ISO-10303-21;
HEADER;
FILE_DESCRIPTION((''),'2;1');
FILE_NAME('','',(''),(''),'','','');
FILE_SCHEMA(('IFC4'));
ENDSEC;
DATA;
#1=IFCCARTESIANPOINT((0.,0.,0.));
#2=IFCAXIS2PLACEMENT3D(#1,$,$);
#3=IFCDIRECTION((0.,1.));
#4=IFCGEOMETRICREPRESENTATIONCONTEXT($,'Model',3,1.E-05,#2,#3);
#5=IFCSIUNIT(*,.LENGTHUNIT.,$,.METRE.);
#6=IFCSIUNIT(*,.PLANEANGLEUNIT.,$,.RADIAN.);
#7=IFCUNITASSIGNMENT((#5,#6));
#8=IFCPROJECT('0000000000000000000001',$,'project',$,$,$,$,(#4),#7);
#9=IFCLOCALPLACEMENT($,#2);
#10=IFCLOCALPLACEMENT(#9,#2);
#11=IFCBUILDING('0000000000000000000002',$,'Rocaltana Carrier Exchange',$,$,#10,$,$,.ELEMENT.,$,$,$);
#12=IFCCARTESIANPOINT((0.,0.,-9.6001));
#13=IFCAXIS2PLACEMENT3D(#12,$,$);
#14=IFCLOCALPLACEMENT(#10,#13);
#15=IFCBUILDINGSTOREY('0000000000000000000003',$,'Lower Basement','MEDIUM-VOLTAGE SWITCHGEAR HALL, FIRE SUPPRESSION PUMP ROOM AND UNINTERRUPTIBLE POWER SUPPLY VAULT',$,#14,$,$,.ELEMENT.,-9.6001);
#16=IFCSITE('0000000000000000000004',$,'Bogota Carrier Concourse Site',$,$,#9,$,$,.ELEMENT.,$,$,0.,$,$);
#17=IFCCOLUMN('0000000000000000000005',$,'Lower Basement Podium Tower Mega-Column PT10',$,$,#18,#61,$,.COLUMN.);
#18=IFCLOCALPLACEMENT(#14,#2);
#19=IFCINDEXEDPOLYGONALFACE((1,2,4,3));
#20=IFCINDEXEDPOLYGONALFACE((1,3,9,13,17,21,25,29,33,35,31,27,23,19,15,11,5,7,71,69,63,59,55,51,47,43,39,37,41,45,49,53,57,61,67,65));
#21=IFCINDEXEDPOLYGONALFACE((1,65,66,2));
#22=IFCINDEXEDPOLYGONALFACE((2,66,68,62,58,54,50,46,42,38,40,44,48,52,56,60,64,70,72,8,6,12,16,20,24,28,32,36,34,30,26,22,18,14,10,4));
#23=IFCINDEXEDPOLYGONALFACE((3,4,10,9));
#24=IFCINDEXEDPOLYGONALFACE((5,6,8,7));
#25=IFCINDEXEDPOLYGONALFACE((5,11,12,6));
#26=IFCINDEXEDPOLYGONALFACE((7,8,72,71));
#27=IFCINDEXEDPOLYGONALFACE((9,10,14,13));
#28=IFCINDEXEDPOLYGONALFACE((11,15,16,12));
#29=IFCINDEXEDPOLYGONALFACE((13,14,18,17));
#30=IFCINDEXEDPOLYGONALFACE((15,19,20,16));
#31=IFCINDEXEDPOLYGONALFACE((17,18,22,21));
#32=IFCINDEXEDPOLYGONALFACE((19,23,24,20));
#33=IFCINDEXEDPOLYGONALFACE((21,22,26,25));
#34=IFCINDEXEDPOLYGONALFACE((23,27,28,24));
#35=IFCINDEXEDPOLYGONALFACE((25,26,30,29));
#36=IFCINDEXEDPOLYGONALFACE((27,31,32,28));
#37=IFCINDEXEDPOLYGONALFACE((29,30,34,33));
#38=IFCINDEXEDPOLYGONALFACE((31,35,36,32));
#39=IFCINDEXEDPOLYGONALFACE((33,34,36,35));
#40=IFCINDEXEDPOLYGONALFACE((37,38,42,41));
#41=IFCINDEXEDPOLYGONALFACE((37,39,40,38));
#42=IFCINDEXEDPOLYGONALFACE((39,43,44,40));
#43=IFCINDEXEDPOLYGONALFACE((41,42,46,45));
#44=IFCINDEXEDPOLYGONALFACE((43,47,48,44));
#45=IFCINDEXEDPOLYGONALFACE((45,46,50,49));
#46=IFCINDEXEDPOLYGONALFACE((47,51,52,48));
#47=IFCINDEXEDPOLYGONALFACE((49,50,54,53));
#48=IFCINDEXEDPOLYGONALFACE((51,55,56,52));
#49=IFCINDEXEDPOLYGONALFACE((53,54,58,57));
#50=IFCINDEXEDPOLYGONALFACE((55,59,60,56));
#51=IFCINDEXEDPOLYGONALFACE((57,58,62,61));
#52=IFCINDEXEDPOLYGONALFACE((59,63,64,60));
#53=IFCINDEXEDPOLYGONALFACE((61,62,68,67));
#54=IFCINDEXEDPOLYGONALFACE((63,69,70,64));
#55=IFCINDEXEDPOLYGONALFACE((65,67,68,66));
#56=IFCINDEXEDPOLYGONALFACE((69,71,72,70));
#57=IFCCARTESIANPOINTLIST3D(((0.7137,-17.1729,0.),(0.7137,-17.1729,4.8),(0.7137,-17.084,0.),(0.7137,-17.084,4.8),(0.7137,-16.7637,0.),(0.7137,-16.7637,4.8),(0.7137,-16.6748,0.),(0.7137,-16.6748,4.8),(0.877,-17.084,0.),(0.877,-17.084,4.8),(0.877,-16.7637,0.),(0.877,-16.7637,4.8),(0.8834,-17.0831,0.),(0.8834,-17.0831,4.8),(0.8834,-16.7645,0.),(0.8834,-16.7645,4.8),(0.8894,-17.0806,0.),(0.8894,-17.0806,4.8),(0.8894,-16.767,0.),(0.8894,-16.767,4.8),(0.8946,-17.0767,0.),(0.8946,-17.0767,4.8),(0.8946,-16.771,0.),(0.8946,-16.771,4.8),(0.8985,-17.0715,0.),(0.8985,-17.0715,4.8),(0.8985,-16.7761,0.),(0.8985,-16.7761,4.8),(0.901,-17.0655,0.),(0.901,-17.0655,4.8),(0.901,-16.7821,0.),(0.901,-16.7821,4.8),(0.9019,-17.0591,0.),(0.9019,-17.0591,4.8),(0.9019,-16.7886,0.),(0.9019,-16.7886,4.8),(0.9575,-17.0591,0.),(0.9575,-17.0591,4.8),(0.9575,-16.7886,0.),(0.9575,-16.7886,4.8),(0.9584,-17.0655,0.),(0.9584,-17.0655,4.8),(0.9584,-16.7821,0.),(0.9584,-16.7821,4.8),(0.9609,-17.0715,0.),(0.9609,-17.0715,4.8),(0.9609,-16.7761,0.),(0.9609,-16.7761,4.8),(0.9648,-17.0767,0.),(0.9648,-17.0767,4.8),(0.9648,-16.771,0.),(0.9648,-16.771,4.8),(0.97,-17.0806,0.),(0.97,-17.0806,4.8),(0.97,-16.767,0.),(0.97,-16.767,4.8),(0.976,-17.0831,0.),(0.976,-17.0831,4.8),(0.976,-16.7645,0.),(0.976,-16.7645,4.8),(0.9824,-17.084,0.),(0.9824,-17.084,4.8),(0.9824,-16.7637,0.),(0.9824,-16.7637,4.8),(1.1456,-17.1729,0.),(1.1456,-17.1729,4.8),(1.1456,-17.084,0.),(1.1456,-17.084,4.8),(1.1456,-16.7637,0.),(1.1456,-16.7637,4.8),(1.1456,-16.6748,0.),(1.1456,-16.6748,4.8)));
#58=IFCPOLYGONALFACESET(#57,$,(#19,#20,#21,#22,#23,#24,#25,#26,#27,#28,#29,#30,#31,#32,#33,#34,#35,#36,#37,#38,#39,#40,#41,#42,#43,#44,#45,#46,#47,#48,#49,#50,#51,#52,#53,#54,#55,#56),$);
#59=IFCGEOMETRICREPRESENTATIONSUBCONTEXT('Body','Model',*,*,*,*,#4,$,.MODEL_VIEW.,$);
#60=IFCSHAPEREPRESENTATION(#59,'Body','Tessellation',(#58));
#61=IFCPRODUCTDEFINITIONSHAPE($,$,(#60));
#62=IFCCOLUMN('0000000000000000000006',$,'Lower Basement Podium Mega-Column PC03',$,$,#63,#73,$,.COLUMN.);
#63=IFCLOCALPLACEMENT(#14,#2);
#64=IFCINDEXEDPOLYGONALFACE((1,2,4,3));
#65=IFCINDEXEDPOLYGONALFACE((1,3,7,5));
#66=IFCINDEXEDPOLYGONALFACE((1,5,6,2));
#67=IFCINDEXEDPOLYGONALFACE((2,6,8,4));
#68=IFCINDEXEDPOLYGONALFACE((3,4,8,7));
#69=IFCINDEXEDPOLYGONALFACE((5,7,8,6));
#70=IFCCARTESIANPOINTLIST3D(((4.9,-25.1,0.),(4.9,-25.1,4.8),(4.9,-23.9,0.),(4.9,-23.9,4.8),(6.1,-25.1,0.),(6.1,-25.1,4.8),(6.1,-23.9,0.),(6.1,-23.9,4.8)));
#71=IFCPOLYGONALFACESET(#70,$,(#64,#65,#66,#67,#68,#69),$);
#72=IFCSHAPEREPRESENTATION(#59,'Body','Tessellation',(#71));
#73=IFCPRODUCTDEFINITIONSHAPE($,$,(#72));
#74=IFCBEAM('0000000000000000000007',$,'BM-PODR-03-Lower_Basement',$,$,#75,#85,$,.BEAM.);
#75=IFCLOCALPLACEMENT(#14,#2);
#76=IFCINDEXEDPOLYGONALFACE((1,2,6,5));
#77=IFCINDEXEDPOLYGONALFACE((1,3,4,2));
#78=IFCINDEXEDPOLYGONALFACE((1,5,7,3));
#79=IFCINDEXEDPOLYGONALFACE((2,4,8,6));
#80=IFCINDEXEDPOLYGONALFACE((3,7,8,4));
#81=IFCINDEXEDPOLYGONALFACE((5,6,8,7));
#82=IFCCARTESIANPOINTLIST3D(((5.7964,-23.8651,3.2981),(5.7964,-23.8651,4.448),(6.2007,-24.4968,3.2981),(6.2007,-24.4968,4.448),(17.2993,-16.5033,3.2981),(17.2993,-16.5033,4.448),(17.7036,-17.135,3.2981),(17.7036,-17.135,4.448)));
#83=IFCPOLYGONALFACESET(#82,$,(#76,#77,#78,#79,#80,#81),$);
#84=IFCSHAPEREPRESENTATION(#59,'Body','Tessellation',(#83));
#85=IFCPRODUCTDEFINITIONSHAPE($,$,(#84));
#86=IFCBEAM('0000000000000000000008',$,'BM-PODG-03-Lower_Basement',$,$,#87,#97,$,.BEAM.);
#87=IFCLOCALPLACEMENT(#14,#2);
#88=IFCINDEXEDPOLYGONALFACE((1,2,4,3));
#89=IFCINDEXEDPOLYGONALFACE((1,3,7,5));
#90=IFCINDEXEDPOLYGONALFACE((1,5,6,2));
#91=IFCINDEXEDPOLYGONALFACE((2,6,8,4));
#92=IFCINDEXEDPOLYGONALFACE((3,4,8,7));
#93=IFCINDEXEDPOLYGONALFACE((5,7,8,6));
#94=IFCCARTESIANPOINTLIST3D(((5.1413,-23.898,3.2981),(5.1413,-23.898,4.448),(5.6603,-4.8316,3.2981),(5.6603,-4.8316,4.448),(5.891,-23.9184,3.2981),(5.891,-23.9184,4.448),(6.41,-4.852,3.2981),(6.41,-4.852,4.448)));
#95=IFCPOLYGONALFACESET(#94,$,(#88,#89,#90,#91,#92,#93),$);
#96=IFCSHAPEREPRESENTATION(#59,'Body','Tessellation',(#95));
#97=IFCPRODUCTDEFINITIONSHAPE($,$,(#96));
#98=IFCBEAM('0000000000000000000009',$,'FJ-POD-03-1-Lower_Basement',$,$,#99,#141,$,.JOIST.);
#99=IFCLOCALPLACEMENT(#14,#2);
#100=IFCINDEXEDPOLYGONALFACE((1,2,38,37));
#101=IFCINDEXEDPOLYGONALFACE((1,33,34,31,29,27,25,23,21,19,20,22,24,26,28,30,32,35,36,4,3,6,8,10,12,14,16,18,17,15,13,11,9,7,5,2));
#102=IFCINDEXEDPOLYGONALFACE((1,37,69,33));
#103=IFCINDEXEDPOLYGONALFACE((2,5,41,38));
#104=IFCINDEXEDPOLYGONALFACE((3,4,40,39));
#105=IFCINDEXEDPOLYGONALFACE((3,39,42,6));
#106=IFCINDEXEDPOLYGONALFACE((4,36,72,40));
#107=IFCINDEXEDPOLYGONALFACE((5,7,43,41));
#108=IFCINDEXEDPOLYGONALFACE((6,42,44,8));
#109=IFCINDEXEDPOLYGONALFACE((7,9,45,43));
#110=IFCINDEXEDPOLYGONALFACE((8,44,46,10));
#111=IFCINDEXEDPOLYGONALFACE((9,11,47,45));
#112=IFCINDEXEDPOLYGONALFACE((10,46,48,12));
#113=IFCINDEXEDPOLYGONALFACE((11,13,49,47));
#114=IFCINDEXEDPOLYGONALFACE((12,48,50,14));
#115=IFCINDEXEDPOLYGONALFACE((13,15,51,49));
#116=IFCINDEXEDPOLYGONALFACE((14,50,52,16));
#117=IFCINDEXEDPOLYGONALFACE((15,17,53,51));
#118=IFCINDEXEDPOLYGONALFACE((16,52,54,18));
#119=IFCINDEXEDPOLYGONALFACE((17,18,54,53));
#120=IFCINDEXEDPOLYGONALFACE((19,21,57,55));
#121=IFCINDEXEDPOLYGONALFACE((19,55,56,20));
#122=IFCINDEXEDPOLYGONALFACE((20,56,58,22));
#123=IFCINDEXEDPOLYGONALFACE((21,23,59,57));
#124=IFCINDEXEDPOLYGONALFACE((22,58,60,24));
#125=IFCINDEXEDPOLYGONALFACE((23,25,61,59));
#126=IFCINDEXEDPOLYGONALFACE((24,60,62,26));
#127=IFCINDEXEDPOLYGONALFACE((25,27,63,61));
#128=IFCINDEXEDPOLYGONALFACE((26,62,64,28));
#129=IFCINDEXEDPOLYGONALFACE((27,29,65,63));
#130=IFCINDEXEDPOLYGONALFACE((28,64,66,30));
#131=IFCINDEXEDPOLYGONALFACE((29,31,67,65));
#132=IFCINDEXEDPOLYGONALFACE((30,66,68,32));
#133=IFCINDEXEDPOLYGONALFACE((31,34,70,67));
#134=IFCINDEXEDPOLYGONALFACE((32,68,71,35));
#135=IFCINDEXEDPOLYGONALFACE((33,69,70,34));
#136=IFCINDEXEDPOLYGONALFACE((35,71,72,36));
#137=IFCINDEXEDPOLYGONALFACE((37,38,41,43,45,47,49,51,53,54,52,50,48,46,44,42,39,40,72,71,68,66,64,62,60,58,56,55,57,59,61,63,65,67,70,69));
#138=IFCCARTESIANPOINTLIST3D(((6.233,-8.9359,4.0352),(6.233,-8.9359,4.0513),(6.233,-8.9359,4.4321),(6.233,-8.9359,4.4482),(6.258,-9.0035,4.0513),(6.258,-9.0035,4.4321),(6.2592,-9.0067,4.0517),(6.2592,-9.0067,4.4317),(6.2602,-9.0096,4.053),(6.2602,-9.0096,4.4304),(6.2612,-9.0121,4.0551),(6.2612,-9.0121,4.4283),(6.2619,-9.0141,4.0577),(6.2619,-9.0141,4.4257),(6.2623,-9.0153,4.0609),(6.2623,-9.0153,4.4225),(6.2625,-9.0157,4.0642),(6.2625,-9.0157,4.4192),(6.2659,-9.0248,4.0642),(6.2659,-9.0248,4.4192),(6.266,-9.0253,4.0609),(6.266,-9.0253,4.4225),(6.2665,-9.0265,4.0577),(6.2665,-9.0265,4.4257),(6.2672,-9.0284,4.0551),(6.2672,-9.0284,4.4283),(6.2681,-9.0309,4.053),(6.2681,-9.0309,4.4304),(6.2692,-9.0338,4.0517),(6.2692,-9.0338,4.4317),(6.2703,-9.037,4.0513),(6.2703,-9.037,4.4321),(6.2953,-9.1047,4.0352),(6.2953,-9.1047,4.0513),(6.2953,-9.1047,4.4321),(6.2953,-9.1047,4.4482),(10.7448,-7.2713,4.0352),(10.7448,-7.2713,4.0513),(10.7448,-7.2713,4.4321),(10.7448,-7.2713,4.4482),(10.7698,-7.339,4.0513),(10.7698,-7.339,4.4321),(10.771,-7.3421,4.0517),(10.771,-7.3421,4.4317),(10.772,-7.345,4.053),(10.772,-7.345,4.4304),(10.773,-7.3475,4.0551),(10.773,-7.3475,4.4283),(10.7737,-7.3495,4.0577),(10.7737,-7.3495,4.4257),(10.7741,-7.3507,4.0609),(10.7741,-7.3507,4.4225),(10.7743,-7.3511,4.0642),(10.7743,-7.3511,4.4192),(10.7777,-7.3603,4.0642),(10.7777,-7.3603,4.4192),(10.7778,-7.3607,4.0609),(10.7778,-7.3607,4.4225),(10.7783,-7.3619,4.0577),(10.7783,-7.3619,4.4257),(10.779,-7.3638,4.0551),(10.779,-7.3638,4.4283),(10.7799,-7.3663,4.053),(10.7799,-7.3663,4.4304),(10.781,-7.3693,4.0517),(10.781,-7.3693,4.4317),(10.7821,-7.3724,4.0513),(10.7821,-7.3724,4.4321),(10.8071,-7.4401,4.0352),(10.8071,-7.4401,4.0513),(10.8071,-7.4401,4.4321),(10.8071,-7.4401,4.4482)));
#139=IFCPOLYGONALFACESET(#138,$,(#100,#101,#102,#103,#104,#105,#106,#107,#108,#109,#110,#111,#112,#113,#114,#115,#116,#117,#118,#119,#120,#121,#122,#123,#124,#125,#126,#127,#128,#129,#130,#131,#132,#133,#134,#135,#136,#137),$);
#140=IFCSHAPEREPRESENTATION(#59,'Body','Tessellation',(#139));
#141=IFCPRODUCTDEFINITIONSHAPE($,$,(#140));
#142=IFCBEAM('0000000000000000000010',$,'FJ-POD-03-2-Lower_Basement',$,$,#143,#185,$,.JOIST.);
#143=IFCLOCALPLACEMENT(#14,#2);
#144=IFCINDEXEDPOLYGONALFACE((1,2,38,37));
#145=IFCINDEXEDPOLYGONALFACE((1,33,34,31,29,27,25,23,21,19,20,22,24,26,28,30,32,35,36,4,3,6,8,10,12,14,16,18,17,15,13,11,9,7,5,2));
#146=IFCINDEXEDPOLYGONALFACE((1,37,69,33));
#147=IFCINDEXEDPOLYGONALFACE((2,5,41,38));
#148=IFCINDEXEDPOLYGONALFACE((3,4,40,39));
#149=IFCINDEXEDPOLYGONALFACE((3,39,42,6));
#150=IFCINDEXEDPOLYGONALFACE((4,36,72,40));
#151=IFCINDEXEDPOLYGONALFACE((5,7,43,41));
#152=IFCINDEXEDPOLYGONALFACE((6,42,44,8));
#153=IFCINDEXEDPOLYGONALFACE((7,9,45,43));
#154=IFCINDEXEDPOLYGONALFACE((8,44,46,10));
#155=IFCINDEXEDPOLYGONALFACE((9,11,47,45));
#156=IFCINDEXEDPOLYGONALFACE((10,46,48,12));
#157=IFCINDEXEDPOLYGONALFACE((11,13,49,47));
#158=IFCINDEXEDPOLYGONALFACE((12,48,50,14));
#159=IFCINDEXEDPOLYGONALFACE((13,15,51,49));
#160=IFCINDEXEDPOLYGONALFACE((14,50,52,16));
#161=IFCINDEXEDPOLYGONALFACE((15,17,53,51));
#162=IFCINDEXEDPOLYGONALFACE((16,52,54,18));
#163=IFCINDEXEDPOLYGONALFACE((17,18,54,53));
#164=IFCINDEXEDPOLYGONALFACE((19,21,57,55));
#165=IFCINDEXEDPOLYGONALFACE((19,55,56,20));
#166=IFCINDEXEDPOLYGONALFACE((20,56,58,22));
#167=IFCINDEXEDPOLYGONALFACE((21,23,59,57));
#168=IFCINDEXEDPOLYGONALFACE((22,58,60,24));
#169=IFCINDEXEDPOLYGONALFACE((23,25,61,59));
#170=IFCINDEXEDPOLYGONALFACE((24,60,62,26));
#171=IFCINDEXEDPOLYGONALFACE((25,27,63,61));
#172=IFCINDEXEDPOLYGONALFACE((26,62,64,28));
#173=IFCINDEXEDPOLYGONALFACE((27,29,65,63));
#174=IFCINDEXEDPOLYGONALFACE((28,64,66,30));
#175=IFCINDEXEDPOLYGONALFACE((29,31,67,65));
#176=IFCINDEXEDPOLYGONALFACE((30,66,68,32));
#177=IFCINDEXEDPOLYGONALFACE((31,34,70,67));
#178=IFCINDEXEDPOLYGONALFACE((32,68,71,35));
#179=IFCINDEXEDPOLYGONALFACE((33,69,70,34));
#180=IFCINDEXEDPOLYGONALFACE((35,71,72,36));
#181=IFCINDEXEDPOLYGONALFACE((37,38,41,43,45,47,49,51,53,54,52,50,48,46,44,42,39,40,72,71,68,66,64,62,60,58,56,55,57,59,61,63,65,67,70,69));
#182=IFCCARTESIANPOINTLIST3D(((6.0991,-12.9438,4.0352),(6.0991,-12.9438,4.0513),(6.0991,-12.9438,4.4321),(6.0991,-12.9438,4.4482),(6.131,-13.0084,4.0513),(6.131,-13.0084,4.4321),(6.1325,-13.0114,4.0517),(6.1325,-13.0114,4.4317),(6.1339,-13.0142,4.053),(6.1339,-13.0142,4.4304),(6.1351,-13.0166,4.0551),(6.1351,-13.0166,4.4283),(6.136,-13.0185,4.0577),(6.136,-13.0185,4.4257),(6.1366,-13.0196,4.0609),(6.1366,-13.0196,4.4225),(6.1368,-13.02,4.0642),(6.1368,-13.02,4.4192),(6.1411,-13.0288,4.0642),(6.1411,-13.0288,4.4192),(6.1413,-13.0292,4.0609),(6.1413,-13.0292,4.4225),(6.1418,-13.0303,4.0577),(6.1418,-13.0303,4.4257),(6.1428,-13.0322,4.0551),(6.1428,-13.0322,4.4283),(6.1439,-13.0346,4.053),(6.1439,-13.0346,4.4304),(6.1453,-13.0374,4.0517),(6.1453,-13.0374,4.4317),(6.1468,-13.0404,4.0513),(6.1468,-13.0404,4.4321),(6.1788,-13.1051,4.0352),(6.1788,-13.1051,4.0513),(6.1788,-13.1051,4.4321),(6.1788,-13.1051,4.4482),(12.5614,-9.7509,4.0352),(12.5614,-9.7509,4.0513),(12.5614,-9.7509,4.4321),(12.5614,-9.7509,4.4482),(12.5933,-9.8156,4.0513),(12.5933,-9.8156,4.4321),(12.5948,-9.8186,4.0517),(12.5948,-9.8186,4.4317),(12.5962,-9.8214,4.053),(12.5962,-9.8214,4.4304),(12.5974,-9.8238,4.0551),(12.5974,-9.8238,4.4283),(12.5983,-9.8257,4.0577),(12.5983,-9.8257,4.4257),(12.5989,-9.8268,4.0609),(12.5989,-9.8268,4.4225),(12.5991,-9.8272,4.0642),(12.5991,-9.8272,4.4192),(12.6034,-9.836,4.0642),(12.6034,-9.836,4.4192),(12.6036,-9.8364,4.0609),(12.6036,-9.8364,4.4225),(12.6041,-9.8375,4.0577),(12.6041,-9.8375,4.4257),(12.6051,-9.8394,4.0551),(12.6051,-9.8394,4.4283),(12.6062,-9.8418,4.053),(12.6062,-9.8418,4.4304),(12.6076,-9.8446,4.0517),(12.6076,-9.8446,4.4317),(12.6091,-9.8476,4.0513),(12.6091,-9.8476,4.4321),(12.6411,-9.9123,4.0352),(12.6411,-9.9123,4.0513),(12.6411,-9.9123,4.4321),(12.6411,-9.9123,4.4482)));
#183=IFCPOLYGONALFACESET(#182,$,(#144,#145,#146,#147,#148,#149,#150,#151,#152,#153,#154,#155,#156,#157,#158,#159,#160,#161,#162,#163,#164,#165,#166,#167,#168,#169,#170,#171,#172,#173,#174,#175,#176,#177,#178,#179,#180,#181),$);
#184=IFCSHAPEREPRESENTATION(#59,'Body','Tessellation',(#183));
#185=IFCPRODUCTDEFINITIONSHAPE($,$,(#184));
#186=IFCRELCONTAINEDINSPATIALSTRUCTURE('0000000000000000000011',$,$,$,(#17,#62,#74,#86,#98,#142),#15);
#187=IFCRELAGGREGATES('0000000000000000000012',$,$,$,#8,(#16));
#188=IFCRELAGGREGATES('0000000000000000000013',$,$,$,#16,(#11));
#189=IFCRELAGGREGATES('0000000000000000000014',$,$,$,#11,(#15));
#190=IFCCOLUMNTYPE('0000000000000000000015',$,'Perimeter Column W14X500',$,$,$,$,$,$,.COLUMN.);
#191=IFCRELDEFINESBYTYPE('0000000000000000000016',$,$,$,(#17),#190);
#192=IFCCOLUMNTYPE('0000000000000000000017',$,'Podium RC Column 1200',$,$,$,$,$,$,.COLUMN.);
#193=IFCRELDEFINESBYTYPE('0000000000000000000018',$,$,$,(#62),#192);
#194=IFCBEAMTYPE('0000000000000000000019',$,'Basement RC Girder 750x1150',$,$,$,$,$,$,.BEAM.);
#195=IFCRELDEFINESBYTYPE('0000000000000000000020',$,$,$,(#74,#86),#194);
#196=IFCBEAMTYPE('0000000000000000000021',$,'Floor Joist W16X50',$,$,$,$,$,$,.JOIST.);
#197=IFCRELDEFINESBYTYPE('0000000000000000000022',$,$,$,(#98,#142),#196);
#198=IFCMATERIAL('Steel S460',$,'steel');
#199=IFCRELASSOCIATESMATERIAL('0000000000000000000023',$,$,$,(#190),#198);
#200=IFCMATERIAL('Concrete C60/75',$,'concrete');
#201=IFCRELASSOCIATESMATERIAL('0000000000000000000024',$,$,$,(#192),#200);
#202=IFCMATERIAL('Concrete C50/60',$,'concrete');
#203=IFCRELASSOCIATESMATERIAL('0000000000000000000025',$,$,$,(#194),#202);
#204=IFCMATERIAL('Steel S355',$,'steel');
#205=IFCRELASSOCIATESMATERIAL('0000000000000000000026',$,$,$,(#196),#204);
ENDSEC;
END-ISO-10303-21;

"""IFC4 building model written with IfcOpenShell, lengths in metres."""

from ifc_helpers import new_model, si_unit, direction, frame, origin, origin_2d, place, context, subcontext, project, spatial, rectangle, i_section, extrude, material, material_profile, profile_set, type_object, element, save


model = new_model("IFC4")

# Units and contexts
model_context = context("Model", 3, precision=1e-05, world=origin(), true_north=direction((0.0, 1.0)))
body_context = subcontext(model_context, "Body", "Model", "MODEL_VIEW")
ifc_project = project(units=[si_unit("LENGTHUNIT", "METRE"), si_unit("PLANEANGLEUNIT", "RADIAN")], contexts=[model_context])

# Site, building, storey
site_placement = place(None, origin())
site = spatial("IfcSite", under=ifc_project, at=site_placement, Name="Bogota Carrier Concourse Site", CompositionType="ELEMENT", RefElevation=0.0)
building_placement = place(site_placement, origin())
building = spatial("IfcBuilding", under=site, at=building_placement, Name="Rocaltana Carrier Exchange", CompositionType="ELEMENT")
storey_placement = place(building_placement, frame((0.0, 0.0, -9.6001)))
storey = spatial("IfcBuildingStorey", under=building, at=storey_placement, Name="Lower Basement", Description="MEDIUM-VOLTAGE SWITCHGEAR HALL, FIRE SUPPRESSION PUMP ROOM AND UNINTERRUPTIBLE POWER SUPPLY VAULT", CompositionType="ELEMENT", Elevation=-9.6001)

# Columns
ifc_material_1 = material(Name="Steel S460", Category="steel")
ifc_material_profile_1 = material_profile(ifc_material_1, i_section(OverallWidth=0.4319, OverallDepth=0.498, WebThickness=0.0557, FlangeThickness=0.0889, FilletRadius=0.0249, at=origin_2d()), Name="W14X500")
ifc_profile_set_1 = profile_set([ifc_material_profile_1], Name="Steel S460")
column_type_1 = type_object("IfcColumnType", Name="Perimeter Column W14X500", PredefinedType="COLUMN", material=ifc_profile_set_1)
column_1_placement = place(storey_placement, frame((0.9297, -16.9238, 0.0), z_axis=(0.0, 0.0, 1.0), x_axis=(1.0, 0.0, 0.0)))
element("IfcColumn", 1, at=column_1_placement, inside=storey, type_object=column_type_1, Name="Lower Basement Podium Tower Mega-Column PT10", PredefinedType="COLUMN", context=body_context, shape_type="SweptSolid", body=[
    extrude(i_section(OverallWidth=0.4319, OverallDepth=0.498, WebThickness=0.0557, FlangeThickness=0.0889, FilletRadius=0.0249, at=origin_2d()), origin(), (0.0, 0.0, 1.0), 4.8),
])
ifc_material_2 = material(Name="Concrete C60/75", Category="concrete")
ifc_material_profile_2 = material_profile(ifc_material_2, rectangle(XDim=1.2, YDim=1.2, at=origin_2d()), Name="RC-COL-1200X1200")
ifc_profile_set_2 = profile_set([ifc_material_profile_2], Name="Concrete C60/75")
column_type_2 = type_object("IfcColumnType", Name="Podium RC Column 1200", PredefinedType="COLUMN", material=ifc_profile_set_2)
column_2_placement = place(storey_placement, frame((5.5, -24.5, 0.0), z_axis=(0.0, 0.0, 1.0), x_axis=(1.0, 0.0, 0.0)))
element("IfcColumn", 2, at=column_2_placement, inside=storey, type_object=column_type_2, Name="Lower Basement Podium Mega-Column PC03", PredefinedType="COLUMN", context=body_context, shape_type="SweptSolid", body=[
    extrude(rectangle(XDim=1.2, YDim=1.2, at=origin_2d()), origin(), (0.0, 0.0, 1.0), 4.8),
])

# Beams
ifc_material_3 = material(Name="Concrete C50/60", Category="concrete")
ifc_material_profile_3 = material_profile(ifc_material_3, rectangle(XDim=0.75, YDim=1.1499, at=origin_2d()), Name="RC-BM-750X1150")
ifc_profile_set_3 = profile_set([ifc_material_profile_3], Name="Concrete C50/60")
beam_type_1 = type_object("IfcBeamType", Name="Basement RC Girder 750x1150", PredefinedType="BEAM", material=ifc_profile_set_3)
beam_1_placement = place(storey_placement, frame((5.9985, -24.1809, 3.873), z_axis=(0.842273, 0.539051, 0.0), x_axis=(-0.539051, 0.842273, 0.0)))
element("IfcBeam", 3, at=beam_1_placement, inside=storey, type_object=beam_type_1, Name="BM-PODR-03-Lower_Basement", PredefinedType="BEAM", context=body_context, shape_type="SweptSolid", body=[
    extrude(rectangle(XDim=0.75, YDim=1.1499, at=origin_2d()), origin(), (0.0, 0.0, 1.0), 13.657),
])
beam_2_placement = place(storey_placement, frame((6.0352, -4.8418, 3.873), z_axis=(-0.027213, -0.99963, 0.0), x_axis=(0.99963, -0.027213, 0.0)))
element("IfcBeam", 4, at=beam_2_placement, inside=storey, type_object=beam_type_1, Name="BM-PODG-03-Lower_Basement", PredefinedType="BEAM", context=body_context, shape_type="SweptSolid", body=[
    extrude(rectangle(XDim=0.75, YDim=1.1499, at=origin_2d()), origin(), (0.0, 0.0, 1.0), 19.0735),
])
ifc_material_4 = material(Name="Steel S355", Category="steel")
ifc_material_profile_4 = material_profile(ifc_material_4, i_section(OverallWidth=0.1799, OverallDepth=0.4131, WebThickness=0.0098, FlangeThickness=0.0161, FilletRadius=0.0129, at=origin_2d()), Name="W16X50")
ifc_profile_set_4 = profile_set([ifc_material_profile_4], Name="Steel S355")
beam_type_2 = type_object("IfcBeamType", Name="Floor Joist W16X50", PredefinedType="JOIST", material=ifc_profile_set_4)
beam_3_placement = place(storey_placement, frame((6.2642, -9.0203, 4.2417), z_axis=(0.938185, 0.346134, 0.0), x_axis=(-0.346134, 0.938185, 0.0)))
element("IfcBeam", 5, at=beam_3_placement, inside=storey, type_object=beam_type_2, Name="FJ-POD-03-1-Lower_Basement", PredefinedType="JOIST", context=body_context, shape_type="SweptSolid", body=[
    extrude(i_section(OverallWidth=0.1799, OverallDepth=0.4131, WebThickness=0.0098, FlangeThickness=0.0161, FilletRadius=0.0129, at=origin_2d()), origin(), (0.0, 0.0, 1.0), 4.8091),
])
beam_4_placement = place(storey_placement, frame((6.1389, -13.0244, 4.2417), z_axis=(0.896544, 0.442954, 0.0), x_axis=(-0.442954, 0.896544, 0.0)))
element("IfcBeam", 6, at=beam_4_placement, inside=storey, type_object=beam_type_2, Name="FJ-POD-03-2-Lower_Basement", PredefinedType="JOIST", context=body_context, shape_type="SweptSolid", body=[
    extrude(i_section(OverallWidth=0.1799, OverallDepth=0.4131, WebThickness=0.0098, FlangeThickness=0.0161, FilletRadius=0.0129, at=origin_2d()), origin(), (0.0, 0.0, 1.0), 7.208),
])

save(model, "model.ifc")
